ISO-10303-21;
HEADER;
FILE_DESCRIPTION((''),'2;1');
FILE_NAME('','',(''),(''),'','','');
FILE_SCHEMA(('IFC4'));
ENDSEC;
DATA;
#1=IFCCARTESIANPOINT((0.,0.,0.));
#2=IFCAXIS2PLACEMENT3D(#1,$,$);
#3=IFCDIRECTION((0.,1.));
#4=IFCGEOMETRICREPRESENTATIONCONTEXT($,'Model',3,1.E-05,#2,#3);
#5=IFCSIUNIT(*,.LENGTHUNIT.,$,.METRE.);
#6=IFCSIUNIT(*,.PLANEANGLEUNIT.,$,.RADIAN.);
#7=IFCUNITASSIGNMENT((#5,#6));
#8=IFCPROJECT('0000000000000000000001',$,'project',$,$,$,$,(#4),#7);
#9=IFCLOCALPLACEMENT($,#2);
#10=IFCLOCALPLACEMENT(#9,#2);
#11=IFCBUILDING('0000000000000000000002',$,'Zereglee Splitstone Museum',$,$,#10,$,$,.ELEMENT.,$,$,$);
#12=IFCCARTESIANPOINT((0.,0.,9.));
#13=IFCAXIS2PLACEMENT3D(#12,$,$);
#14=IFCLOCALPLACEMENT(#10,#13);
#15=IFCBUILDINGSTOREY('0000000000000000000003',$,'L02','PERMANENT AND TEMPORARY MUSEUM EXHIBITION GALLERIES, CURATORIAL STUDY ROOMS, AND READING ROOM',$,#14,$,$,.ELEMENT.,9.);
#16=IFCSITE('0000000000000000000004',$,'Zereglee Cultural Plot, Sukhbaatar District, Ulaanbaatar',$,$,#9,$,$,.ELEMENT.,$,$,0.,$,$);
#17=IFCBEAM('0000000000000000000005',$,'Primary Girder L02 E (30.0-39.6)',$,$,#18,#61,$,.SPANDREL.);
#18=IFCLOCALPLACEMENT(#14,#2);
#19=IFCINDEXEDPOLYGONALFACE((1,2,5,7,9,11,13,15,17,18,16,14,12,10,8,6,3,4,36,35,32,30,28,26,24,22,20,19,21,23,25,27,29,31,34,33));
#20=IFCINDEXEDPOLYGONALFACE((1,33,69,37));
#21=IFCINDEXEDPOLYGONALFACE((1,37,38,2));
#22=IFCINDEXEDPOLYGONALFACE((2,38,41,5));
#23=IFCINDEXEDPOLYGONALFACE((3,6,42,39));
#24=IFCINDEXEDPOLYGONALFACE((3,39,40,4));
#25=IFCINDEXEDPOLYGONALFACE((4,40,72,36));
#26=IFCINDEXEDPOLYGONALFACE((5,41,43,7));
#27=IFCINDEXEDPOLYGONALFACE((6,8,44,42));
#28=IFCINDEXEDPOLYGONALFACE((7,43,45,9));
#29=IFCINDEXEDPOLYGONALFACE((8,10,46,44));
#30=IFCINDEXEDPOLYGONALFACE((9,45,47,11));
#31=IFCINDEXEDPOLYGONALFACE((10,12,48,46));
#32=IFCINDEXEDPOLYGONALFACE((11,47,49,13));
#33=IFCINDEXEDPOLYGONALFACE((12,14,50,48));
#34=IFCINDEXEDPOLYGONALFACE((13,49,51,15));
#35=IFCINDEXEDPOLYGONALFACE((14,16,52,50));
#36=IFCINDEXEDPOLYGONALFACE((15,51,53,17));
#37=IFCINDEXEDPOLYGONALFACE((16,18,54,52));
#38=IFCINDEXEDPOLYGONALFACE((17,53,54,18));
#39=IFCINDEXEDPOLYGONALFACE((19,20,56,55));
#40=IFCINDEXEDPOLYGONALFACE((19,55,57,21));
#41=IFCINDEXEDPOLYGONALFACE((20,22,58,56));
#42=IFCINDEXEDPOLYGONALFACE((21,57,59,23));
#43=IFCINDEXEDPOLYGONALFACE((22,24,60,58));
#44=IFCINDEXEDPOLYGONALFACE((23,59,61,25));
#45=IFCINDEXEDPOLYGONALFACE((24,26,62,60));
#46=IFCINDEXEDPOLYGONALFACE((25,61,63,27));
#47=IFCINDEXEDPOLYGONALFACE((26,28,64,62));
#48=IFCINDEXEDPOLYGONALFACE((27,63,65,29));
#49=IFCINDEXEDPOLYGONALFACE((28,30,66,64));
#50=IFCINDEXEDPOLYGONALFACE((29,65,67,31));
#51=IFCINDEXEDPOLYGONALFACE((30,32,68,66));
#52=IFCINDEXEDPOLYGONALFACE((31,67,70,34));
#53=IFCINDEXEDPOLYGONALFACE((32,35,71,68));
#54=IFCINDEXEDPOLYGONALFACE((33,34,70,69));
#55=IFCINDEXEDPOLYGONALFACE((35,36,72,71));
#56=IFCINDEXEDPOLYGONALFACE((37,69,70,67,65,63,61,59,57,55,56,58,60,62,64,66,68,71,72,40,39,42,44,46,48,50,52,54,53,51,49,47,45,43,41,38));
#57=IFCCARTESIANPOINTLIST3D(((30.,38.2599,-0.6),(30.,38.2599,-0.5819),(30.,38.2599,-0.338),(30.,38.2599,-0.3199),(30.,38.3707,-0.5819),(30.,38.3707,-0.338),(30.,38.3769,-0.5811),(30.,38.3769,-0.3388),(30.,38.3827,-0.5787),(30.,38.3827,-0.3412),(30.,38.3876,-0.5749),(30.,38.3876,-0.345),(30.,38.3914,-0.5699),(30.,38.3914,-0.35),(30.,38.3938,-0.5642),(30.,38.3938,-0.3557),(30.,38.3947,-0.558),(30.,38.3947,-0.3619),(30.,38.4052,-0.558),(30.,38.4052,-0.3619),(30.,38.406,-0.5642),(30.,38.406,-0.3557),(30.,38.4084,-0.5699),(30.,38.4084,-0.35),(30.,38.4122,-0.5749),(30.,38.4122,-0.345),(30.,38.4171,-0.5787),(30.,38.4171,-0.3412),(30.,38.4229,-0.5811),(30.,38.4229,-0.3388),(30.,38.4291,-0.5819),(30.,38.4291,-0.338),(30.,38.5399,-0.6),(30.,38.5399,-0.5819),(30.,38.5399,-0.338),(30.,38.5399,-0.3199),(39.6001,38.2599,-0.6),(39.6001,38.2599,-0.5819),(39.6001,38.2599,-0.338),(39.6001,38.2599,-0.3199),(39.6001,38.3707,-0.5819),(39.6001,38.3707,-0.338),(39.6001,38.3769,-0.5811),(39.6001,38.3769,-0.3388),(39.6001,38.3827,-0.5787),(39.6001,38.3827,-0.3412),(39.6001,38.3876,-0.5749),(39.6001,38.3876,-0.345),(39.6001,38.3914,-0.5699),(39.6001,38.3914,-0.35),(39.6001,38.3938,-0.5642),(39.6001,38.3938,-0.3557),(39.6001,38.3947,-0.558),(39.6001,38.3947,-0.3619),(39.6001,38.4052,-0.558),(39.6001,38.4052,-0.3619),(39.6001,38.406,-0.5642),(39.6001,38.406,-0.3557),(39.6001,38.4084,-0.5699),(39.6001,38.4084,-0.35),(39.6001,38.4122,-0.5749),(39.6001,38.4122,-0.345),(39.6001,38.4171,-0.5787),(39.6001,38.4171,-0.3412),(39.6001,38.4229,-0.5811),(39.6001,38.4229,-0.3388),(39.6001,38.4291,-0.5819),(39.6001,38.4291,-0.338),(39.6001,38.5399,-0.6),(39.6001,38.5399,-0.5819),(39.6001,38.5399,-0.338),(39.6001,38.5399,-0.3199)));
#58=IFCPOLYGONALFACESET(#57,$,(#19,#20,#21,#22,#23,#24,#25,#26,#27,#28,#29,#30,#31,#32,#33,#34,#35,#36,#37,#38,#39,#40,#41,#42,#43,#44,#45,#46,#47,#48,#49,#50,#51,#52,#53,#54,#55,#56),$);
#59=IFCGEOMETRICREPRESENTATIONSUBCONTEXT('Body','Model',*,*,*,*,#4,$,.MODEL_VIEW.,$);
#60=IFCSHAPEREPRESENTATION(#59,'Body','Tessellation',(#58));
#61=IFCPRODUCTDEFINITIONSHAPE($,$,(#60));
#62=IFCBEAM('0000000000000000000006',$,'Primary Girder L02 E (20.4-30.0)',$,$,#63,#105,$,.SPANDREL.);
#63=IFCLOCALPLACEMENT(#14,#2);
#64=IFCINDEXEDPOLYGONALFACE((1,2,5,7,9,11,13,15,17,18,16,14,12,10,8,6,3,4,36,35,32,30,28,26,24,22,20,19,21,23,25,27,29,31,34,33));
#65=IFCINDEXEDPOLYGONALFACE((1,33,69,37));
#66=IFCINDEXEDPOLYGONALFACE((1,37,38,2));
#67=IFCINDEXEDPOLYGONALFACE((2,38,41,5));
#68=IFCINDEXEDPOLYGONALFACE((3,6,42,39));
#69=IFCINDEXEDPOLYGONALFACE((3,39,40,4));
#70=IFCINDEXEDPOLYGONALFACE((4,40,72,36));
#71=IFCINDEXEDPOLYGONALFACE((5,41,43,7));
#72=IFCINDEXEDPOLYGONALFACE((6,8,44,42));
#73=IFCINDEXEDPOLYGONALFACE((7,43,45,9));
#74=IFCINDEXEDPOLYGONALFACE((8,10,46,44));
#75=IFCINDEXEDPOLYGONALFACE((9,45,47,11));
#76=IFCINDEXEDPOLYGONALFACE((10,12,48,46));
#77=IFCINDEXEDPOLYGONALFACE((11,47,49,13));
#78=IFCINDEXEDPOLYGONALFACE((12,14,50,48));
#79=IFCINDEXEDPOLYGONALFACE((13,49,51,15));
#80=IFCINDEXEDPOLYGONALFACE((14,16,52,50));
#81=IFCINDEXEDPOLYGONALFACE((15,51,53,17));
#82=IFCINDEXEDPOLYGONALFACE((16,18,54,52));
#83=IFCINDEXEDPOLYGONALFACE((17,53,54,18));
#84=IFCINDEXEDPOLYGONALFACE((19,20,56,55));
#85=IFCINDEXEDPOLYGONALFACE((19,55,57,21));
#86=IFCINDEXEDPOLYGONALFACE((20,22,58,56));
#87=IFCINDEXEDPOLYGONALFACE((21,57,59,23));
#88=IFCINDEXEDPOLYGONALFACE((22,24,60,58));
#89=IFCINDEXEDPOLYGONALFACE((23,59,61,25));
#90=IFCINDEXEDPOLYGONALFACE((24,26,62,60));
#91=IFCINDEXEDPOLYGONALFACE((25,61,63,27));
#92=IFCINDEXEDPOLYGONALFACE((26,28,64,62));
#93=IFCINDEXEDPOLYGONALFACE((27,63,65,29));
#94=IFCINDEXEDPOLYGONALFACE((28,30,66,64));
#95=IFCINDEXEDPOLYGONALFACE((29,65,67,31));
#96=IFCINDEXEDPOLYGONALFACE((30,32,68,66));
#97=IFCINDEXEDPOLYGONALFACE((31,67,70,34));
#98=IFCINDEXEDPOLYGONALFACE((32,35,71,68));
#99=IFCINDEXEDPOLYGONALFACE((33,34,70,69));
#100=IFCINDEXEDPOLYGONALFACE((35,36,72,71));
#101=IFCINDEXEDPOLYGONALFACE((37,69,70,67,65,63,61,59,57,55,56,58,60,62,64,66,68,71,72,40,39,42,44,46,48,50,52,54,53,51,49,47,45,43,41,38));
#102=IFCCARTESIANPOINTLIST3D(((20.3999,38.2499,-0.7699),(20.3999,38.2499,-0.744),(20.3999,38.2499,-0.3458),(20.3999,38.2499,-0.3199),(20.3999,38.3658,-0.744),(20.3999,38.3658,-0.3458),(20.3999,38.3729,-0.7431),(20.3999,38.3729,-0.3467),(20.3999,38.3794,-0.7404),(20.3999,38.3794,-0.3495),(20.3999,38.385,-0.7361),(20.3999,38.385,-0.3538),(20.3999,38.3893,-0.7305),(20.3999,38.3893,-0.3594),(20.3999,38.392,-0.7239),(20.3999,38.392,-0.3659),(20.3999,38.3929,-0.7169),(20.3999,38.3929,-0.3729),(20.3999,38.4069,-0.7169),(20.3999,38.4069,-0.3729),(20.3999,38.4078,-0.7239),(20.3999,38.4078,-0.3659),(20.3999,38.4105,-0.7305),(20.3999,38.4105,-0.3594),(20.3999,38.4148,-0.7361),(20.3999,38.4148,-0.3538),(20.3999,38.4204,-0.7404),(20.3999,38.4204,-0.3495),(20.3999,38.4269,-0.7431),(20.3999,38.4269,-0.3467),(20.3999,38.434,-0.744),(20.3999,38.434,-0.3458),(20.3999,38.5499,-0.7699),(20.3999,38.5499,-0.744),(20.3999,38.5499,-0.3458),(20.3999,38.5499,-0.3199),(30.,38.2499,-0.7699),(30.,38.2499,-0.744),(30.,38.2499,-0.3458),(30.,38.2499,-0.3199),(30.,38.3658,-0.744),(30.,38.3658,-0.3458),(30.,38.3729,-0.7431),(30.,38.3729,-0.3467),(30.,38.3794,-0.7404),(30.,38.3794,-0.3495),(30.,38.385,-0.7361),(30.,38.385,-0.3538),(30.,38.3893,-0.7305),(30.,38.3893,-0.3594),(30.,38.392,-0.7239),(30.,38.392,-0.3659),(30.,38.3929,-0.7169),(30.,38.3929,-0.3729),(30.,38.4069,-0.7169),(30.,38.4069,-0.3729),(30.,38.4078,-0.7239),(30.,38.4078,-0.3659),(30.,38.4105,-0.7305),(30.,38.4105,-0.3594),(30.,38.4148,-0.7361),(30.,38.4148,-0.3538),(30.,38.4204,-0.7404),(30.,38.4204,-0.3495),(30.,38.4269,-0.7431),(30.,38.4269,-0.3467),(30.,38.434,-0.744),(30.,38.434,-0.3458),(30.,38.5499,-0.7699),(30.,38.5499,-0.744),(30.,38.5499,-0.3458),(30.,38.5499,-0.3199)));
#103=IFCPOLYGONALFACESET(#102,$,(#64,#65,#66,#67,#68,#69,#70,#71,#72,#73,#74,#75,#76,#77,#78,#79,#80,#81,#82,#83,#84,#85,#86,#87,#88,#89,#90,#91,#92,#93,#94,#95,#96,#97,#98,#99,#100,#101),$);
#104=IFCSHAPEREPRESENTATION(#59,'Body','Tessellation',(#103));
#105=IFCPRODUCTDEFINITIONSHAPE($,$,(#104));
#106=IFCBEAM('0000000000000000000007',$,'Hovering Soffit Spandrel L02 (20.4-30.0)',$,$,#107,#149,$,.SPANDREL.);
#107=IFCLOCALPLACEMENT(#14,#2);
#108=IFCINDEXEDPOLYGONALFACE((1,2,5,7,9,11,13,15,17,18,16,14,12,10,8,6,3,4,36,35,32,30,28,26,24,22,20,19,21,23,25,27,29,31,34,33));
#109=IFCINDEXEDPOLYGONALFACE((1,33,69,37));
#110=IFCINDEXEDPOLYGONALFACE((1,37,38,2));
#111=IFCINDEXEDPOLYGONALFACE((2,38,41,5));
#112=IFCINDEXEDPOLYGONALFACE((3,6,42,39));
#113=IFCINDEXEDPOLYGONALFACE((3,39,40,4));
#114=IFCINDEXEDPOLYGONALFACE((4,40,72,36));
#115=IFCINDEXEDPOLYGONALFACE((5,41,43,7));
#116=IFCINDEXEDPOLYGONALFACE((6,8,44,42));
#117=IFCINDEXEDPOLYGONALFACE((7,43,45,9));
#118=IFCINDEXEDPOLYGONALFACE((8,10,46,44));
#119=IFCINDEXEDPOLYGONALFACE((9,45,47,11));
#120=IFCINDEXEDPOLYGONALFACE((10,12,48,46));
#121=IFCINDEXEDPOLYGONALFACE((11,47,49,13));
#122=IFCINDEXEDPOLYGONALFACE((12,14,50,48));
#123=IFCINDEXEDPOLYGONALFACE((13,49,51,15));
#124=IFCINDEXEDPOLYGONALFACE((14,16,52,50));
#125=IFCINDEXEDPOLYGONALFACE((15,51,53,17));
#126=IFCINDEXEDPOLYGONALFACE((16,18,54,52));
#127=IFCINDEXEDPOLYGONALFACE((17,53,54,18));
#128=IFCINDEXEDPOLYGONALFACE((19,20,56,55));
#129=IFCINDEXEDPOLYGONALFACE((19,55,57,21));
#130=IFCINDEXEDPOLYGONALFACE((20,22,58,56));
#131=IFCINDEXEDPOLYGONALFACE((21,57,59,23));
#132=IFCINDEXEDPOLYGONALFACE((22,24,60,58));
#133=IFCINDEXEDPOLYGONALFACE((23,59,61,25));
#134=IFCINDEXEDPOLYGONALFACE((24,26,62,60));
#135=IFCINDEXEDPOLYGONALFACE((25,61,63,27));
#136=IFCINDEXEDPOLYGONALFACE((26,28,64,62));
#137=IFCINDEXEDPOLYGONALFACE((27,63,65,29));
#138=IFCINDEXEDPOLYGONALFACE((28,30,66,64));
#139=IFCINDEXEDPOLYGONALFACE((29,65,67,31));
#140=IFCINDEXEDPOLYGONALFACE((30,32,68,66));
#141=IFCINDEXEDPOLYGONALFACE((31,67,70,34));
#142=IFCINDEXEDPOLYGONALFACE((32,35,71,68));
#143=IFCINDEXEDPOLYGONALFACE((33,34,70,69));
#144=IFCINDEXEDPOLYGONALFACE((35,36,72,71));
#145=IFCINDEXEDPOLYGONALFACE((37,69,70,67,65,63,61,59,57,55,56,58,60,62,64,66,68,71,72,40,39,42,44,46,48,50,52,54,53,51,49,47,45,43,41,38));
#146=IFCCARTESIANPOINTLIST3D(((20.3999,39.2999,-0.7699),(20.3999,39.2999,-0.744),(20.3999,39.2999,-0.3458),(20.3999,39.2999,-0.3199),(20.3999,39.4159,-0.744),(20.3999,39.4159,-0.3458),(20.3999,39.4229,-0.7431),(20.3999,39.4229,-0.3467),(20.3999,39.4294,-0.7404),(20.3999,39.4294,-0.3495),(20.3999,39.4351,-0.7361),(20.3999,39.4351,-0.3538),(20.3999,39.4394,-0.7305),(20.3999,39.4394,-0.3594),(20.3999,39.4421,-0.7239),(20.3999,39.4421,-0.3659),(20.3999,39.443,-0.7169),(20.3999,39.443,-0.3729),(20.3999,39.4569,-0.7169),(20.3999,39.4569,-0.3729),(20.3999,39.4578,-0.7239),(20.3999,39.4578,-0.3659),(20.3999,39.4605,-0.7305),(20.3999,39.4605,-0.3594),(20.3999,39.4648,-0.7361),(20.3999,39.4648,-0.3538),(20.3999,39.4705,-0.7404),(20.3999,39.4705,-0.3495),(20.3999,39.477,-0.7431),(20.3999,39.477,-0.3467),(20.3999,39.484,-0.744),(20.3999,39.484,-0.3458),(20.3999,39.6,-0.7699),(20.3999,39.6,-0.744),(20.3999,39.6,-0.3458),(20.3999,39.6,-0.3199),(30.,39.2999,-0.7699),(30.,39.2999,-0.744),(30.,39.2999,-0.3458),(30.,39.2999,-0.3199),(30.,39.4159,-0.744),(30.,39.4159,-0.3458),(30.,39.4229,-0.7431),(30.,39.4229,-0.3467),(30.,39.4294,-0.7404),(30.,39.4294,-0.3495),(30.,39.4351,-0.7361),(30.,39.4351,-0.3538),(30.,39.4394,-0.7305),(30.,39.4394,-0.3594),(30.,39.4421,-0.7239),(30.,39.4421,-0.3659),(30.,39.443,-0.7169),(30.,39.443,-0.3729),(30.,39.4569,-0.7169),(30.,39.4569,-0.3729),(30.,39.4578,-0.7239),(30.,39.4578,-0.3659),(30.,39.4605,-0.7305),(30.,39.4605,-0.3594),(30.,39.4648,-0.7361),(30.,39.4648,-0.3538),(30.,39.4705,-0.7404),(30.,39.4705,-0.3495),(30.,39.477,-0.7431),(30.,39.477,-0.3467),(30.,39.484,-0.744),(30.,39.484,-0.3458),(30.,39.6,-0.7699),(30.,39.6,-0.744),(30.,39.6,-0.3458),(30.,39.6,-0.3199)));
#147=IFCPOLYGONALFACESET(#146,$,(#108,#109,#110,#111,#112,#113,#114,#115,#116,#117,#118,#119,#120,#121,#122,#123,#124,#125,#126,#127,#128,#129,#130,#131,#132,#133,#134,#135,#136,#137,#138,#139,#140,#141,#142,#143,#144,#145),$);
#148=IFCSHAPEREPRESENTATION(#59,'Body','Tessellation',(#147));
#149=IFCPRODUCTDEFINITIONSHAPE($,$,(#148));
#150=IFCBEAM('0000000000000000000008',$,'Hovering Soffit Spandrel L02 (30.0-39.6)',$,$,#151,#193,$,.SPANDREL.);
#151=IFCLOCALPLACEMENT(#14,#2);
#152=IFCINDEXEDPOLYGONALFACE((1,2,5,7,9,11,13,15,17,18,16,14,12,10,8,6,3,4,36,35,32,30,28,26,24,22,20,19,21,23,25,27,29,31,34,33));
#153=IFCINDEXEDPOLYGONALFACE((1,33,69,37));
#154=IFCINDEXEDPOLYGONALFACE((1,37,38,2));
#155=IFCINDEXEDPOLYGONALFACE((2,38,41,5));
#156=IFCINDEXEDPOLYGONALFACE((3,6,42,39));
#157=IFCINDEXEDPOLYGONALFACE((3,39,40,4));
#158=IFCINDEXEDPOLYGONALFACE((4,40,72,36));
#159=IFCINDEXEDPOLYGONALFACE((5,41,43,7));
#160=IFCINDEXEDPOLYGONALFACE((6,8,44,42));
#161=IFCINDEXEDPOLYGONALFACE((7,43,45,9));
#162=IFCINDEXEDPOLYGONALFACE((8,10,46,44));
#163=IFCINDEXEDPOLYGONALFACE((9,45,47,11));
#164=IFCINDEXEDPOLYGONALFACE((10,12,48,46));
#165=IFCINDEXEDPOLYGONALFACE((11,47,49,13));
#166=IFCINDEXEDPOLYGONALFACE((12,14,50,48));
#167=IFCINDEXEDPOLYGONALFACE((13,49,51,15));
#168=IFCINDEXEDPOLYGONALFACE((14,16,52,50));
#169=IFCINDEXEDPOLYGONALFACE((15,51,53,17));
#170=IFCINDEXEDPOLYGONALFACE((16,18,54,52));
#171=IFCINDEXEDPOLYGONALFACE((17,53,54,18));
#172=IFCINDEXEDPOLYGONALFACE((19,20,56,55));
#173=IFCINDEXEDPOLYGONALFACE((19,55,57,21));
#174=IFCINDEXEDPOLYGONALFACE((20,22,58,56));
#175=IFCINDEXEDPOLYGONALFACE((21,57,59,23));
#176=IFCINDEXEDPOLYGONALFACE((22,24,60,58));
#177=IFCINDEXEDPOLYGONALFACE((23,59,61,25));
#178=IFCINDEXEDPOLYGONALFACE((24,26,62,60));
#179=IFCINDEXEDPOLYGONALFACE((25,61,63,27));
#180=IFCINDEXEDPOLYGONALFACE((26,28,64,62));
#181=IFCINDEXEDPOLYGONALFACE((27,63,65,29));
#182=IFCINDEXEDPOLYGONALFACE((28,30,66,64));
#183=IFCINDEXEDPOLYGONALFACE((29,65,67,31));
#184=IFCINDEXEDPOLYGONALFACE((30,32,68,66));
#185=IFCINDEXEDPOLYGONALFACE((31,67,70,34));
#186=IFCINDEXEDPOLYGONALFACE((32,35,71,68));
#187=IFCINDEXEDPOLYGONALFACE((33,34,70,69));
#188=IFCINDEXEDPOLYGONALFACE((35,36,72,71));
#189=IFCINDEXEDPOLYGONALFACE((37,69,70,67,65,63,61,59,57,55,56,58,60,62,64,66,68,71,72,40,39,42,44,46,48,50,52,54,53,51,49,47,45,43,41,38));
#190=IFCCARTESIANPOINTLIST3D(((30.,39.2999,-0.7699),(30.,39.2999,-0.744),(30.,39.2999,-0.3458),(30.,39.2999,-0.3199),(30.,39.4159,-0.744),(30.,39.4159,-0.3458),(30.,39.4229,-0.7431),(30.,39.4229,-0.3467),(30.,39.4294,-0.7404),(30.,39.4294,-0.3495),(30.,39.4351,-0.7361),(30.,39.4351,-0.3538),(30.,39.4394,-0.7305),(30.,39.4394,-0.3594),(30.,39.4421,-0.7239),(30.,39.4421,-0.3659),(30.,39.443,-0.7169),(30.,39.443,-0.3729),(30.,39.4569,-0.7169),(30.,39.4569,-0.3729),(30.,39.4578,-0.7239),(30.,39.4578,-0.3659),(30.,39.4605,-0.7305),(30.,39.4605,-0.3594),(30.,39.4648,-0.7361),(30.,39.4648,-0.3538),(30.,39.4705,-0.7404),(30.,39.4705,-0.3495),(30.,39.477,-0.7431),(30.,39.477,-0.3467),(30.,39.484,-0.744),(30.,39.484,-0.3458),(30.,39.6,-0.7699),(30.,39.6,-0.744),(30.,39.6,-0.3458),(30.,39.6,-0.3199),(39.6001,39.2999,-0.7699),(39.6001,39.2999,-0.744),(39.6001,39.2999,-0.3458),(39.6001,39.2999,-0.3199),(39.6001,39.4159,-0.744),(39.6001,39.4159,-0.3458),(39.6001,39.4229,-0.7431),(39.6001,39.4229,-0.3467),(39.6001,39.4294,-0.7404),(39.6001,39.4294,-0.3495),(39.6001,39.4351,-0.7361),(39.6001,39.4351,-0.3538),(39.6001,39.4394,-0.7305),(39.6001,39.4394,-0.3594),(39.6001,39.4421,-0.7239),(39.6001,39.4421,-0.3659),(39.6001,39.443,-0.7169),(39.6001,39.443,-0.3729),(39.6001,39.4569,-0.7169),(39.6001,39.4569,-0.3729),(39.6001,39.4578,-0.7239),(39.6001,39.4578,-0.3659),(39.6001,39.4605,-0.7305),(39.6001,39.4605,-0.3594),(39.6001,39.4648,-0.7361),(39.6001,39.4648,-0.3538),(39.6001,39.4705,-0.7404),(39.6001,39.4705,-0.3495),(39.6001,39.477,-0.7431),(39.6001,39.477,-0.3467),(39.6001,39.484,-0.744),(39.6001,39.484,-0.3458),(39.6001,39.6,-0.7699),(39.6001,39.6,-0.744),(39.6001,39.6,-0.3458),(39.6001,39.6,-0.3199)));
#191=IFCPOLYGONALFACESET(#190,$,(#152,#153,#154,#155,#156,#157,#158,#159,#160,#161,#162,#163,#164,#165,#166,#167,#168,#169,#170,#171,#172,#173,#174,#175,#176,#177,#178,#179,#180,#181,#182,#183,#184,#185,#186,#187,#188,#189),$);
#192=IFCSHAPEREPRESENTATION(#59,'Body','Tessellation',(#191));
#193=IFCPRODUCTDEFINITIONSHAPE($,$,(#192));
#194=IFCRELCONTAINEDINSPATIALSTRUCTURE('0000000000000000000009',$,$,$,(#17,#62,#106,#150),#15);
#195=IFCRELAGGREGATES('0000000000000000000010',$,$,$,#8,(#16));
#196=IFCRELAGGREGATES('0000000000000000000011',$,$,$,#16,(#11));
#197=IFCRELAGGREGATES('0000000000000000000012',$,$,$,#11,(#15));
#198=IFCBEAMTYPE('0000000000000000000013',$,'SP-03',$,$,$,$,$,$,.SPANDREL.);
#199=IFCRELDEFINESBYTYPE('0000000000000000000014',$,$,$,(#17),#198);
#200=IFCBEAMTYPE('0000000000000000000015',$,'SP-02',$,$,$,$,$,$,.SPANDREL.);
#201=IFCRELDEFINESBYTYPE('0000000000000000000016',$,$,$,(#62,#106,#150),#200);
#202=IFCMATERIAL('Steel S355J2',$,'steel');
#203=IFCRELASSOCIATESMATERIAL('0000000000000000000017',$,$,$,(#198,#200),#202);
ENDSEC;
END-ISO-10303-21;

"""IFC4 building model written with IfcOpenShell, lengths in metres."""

from ifc_helpers import new_model, si_unit, direction, frame, origin, origin_2d, place, context, subcontext, project, spatial, i_section, extrude, material, material_profile, profile_set, type_object, element, save


model = new_model("IFC4")

# Units and contexts
model_context = context("Model", 3, precision=1e-05, world=origin(), true_north=direction((0.0, 1.0)))
body_context = subcontext(model_context, "Body", "Model", "MODEL_VIEW")
ifc_project = project(units=[si_unit("LENGTHUNIT", "METRE"), si_unit("PLANEANGLEUNIT", "RADIAN")], contexts=[model_context])

# Site, building, storey
site_placement = place(None, origin())
site = spatial("IfcSite", under=ifc_project, at=site_placement, Name="Zereglee Cultural Plot, Sukhbaatar District, Ulaanbaatar", CompositionType="ELEMENT", RefElevation=0.0)
building_placement = place(site_placement, origin())
building = spatial("IfcBuilding", under=site, at=building_placement, Name="Zereglee Splitstone Museum", CompositionType="ELEMENT")
storey_placement = place(building_placement, frame((0.0, 0.0, 9.0)))
storey = spatial("IfcBuildingStorey", under=building, at=storey_placement, Name="L02", Description="PERMANENT AND TEMPORARY MUSEUM EXHIBITION GALLERIES, CURATORIAL STUDY ROOMS, AND READING ROOM", CompositionType="ELEMENT", Elevation=9.0)

# Shared definitions
ifc_material_1 = material(Name="Steel S355J2", Category="steel")

# Beams
ifc_material_profile_1 = material_profile(ifc_material_1, i_section(OverallWidth=0.28, OverallDepth=0.28, WebThickness=0.0105, FlangeThickness=0.0181, FilletRadius=0.0239, at=origin_2d()), Name="HE 280 B")
ifc_profile_set_1 = profile_set([ifc_material_profile_1], Name="Steel S355J2")
beam_type_1 = type_object("IfcBeamType", Name="SP-03", PredefinedType="SPANDREL", material=ifc_profile_set_1)
beam_1_placement = place(storey_placement, frame((30.0, 38.3999, -0.46), z_axis=(1.0, 0.0, 0.0), x_axis=(0.0, 1.0, 0.0)))
element("IfcBeam", 1, at=beam_1_placement, inside=storey, type_object=beam_type_1, Name="Primary Girder L02 E (30.0-39.6)", PredefinedType="SPANDREL", context=body_context, shape_type="SweptSolid", body=[
    extrude(i_section(OverallWidth=0.28, OverallDepth=0.28, WebThickness=0.0105, FlangeThickness=0.0181, FilletRadius=0.0239, at=origin_2d()), origin(), (0.0, 0.0, 1.0), 9.6001),
])
ifc_material_profile_2 = material_profile(ifc_material_1, i_section(OverallWidth=0.3, OverallDepth=0.45, WebThickness=0.0139, FlangeThickness=0.0259, FilletRadius=0.0271, at=origin_2d()), Name="HE 450 B")
ifc_profile_set_2 = profile_set([ifc_material_profile_2], Name="Steel S355J2")
beam_type_2 = type_object("IfcBeamType", Name="SP-02", PredefinedType="SPANDREL", material=ifc_profile_set_2)
for number, where, z_axis, x_axis, name in (
    (2, (20.3999, 38.3999, -0.5449), (1.0, 0.0, 0.0), (0.0, 1.0, 0.0), "Primary Girder L02 E (20.4-30.0)"),
    (3, (20.3999, 39.45, -0.5449), (1.0, 0.0, 0.0), (0.0, 1.0, 0.0), "Hovering Soffit Spandrel L02 (20.4-30.0)"),
    (4, (30.0, 39.45, -0.5449), (1.0, 0.0, 0.0), (0.0, 1.0, 0.0), "Hovering Soffit Spandrel L02 (30.0-39.6)"),
):
    element("IfcBeam", number, at=place(storey_placement, frame(where, z_axis=z_axis, x_axis=x_axis)), inside=storey, type_object=beam_type_2, Name=name, PredefinedType="SPANDREL", context=body_context, shape_type="SweptSolid", body=[
        extrude(i_section(OverallWidth=0.3, OverallDepth=0.45, WebThickness=0.0139, FlangeThickness=0.0259, FilletRadius=0.0271, at=origin_2d()), origin(), (0.0, 0.0, 1.0), 9.6001),
    ])

save(model, "model.ifc")
